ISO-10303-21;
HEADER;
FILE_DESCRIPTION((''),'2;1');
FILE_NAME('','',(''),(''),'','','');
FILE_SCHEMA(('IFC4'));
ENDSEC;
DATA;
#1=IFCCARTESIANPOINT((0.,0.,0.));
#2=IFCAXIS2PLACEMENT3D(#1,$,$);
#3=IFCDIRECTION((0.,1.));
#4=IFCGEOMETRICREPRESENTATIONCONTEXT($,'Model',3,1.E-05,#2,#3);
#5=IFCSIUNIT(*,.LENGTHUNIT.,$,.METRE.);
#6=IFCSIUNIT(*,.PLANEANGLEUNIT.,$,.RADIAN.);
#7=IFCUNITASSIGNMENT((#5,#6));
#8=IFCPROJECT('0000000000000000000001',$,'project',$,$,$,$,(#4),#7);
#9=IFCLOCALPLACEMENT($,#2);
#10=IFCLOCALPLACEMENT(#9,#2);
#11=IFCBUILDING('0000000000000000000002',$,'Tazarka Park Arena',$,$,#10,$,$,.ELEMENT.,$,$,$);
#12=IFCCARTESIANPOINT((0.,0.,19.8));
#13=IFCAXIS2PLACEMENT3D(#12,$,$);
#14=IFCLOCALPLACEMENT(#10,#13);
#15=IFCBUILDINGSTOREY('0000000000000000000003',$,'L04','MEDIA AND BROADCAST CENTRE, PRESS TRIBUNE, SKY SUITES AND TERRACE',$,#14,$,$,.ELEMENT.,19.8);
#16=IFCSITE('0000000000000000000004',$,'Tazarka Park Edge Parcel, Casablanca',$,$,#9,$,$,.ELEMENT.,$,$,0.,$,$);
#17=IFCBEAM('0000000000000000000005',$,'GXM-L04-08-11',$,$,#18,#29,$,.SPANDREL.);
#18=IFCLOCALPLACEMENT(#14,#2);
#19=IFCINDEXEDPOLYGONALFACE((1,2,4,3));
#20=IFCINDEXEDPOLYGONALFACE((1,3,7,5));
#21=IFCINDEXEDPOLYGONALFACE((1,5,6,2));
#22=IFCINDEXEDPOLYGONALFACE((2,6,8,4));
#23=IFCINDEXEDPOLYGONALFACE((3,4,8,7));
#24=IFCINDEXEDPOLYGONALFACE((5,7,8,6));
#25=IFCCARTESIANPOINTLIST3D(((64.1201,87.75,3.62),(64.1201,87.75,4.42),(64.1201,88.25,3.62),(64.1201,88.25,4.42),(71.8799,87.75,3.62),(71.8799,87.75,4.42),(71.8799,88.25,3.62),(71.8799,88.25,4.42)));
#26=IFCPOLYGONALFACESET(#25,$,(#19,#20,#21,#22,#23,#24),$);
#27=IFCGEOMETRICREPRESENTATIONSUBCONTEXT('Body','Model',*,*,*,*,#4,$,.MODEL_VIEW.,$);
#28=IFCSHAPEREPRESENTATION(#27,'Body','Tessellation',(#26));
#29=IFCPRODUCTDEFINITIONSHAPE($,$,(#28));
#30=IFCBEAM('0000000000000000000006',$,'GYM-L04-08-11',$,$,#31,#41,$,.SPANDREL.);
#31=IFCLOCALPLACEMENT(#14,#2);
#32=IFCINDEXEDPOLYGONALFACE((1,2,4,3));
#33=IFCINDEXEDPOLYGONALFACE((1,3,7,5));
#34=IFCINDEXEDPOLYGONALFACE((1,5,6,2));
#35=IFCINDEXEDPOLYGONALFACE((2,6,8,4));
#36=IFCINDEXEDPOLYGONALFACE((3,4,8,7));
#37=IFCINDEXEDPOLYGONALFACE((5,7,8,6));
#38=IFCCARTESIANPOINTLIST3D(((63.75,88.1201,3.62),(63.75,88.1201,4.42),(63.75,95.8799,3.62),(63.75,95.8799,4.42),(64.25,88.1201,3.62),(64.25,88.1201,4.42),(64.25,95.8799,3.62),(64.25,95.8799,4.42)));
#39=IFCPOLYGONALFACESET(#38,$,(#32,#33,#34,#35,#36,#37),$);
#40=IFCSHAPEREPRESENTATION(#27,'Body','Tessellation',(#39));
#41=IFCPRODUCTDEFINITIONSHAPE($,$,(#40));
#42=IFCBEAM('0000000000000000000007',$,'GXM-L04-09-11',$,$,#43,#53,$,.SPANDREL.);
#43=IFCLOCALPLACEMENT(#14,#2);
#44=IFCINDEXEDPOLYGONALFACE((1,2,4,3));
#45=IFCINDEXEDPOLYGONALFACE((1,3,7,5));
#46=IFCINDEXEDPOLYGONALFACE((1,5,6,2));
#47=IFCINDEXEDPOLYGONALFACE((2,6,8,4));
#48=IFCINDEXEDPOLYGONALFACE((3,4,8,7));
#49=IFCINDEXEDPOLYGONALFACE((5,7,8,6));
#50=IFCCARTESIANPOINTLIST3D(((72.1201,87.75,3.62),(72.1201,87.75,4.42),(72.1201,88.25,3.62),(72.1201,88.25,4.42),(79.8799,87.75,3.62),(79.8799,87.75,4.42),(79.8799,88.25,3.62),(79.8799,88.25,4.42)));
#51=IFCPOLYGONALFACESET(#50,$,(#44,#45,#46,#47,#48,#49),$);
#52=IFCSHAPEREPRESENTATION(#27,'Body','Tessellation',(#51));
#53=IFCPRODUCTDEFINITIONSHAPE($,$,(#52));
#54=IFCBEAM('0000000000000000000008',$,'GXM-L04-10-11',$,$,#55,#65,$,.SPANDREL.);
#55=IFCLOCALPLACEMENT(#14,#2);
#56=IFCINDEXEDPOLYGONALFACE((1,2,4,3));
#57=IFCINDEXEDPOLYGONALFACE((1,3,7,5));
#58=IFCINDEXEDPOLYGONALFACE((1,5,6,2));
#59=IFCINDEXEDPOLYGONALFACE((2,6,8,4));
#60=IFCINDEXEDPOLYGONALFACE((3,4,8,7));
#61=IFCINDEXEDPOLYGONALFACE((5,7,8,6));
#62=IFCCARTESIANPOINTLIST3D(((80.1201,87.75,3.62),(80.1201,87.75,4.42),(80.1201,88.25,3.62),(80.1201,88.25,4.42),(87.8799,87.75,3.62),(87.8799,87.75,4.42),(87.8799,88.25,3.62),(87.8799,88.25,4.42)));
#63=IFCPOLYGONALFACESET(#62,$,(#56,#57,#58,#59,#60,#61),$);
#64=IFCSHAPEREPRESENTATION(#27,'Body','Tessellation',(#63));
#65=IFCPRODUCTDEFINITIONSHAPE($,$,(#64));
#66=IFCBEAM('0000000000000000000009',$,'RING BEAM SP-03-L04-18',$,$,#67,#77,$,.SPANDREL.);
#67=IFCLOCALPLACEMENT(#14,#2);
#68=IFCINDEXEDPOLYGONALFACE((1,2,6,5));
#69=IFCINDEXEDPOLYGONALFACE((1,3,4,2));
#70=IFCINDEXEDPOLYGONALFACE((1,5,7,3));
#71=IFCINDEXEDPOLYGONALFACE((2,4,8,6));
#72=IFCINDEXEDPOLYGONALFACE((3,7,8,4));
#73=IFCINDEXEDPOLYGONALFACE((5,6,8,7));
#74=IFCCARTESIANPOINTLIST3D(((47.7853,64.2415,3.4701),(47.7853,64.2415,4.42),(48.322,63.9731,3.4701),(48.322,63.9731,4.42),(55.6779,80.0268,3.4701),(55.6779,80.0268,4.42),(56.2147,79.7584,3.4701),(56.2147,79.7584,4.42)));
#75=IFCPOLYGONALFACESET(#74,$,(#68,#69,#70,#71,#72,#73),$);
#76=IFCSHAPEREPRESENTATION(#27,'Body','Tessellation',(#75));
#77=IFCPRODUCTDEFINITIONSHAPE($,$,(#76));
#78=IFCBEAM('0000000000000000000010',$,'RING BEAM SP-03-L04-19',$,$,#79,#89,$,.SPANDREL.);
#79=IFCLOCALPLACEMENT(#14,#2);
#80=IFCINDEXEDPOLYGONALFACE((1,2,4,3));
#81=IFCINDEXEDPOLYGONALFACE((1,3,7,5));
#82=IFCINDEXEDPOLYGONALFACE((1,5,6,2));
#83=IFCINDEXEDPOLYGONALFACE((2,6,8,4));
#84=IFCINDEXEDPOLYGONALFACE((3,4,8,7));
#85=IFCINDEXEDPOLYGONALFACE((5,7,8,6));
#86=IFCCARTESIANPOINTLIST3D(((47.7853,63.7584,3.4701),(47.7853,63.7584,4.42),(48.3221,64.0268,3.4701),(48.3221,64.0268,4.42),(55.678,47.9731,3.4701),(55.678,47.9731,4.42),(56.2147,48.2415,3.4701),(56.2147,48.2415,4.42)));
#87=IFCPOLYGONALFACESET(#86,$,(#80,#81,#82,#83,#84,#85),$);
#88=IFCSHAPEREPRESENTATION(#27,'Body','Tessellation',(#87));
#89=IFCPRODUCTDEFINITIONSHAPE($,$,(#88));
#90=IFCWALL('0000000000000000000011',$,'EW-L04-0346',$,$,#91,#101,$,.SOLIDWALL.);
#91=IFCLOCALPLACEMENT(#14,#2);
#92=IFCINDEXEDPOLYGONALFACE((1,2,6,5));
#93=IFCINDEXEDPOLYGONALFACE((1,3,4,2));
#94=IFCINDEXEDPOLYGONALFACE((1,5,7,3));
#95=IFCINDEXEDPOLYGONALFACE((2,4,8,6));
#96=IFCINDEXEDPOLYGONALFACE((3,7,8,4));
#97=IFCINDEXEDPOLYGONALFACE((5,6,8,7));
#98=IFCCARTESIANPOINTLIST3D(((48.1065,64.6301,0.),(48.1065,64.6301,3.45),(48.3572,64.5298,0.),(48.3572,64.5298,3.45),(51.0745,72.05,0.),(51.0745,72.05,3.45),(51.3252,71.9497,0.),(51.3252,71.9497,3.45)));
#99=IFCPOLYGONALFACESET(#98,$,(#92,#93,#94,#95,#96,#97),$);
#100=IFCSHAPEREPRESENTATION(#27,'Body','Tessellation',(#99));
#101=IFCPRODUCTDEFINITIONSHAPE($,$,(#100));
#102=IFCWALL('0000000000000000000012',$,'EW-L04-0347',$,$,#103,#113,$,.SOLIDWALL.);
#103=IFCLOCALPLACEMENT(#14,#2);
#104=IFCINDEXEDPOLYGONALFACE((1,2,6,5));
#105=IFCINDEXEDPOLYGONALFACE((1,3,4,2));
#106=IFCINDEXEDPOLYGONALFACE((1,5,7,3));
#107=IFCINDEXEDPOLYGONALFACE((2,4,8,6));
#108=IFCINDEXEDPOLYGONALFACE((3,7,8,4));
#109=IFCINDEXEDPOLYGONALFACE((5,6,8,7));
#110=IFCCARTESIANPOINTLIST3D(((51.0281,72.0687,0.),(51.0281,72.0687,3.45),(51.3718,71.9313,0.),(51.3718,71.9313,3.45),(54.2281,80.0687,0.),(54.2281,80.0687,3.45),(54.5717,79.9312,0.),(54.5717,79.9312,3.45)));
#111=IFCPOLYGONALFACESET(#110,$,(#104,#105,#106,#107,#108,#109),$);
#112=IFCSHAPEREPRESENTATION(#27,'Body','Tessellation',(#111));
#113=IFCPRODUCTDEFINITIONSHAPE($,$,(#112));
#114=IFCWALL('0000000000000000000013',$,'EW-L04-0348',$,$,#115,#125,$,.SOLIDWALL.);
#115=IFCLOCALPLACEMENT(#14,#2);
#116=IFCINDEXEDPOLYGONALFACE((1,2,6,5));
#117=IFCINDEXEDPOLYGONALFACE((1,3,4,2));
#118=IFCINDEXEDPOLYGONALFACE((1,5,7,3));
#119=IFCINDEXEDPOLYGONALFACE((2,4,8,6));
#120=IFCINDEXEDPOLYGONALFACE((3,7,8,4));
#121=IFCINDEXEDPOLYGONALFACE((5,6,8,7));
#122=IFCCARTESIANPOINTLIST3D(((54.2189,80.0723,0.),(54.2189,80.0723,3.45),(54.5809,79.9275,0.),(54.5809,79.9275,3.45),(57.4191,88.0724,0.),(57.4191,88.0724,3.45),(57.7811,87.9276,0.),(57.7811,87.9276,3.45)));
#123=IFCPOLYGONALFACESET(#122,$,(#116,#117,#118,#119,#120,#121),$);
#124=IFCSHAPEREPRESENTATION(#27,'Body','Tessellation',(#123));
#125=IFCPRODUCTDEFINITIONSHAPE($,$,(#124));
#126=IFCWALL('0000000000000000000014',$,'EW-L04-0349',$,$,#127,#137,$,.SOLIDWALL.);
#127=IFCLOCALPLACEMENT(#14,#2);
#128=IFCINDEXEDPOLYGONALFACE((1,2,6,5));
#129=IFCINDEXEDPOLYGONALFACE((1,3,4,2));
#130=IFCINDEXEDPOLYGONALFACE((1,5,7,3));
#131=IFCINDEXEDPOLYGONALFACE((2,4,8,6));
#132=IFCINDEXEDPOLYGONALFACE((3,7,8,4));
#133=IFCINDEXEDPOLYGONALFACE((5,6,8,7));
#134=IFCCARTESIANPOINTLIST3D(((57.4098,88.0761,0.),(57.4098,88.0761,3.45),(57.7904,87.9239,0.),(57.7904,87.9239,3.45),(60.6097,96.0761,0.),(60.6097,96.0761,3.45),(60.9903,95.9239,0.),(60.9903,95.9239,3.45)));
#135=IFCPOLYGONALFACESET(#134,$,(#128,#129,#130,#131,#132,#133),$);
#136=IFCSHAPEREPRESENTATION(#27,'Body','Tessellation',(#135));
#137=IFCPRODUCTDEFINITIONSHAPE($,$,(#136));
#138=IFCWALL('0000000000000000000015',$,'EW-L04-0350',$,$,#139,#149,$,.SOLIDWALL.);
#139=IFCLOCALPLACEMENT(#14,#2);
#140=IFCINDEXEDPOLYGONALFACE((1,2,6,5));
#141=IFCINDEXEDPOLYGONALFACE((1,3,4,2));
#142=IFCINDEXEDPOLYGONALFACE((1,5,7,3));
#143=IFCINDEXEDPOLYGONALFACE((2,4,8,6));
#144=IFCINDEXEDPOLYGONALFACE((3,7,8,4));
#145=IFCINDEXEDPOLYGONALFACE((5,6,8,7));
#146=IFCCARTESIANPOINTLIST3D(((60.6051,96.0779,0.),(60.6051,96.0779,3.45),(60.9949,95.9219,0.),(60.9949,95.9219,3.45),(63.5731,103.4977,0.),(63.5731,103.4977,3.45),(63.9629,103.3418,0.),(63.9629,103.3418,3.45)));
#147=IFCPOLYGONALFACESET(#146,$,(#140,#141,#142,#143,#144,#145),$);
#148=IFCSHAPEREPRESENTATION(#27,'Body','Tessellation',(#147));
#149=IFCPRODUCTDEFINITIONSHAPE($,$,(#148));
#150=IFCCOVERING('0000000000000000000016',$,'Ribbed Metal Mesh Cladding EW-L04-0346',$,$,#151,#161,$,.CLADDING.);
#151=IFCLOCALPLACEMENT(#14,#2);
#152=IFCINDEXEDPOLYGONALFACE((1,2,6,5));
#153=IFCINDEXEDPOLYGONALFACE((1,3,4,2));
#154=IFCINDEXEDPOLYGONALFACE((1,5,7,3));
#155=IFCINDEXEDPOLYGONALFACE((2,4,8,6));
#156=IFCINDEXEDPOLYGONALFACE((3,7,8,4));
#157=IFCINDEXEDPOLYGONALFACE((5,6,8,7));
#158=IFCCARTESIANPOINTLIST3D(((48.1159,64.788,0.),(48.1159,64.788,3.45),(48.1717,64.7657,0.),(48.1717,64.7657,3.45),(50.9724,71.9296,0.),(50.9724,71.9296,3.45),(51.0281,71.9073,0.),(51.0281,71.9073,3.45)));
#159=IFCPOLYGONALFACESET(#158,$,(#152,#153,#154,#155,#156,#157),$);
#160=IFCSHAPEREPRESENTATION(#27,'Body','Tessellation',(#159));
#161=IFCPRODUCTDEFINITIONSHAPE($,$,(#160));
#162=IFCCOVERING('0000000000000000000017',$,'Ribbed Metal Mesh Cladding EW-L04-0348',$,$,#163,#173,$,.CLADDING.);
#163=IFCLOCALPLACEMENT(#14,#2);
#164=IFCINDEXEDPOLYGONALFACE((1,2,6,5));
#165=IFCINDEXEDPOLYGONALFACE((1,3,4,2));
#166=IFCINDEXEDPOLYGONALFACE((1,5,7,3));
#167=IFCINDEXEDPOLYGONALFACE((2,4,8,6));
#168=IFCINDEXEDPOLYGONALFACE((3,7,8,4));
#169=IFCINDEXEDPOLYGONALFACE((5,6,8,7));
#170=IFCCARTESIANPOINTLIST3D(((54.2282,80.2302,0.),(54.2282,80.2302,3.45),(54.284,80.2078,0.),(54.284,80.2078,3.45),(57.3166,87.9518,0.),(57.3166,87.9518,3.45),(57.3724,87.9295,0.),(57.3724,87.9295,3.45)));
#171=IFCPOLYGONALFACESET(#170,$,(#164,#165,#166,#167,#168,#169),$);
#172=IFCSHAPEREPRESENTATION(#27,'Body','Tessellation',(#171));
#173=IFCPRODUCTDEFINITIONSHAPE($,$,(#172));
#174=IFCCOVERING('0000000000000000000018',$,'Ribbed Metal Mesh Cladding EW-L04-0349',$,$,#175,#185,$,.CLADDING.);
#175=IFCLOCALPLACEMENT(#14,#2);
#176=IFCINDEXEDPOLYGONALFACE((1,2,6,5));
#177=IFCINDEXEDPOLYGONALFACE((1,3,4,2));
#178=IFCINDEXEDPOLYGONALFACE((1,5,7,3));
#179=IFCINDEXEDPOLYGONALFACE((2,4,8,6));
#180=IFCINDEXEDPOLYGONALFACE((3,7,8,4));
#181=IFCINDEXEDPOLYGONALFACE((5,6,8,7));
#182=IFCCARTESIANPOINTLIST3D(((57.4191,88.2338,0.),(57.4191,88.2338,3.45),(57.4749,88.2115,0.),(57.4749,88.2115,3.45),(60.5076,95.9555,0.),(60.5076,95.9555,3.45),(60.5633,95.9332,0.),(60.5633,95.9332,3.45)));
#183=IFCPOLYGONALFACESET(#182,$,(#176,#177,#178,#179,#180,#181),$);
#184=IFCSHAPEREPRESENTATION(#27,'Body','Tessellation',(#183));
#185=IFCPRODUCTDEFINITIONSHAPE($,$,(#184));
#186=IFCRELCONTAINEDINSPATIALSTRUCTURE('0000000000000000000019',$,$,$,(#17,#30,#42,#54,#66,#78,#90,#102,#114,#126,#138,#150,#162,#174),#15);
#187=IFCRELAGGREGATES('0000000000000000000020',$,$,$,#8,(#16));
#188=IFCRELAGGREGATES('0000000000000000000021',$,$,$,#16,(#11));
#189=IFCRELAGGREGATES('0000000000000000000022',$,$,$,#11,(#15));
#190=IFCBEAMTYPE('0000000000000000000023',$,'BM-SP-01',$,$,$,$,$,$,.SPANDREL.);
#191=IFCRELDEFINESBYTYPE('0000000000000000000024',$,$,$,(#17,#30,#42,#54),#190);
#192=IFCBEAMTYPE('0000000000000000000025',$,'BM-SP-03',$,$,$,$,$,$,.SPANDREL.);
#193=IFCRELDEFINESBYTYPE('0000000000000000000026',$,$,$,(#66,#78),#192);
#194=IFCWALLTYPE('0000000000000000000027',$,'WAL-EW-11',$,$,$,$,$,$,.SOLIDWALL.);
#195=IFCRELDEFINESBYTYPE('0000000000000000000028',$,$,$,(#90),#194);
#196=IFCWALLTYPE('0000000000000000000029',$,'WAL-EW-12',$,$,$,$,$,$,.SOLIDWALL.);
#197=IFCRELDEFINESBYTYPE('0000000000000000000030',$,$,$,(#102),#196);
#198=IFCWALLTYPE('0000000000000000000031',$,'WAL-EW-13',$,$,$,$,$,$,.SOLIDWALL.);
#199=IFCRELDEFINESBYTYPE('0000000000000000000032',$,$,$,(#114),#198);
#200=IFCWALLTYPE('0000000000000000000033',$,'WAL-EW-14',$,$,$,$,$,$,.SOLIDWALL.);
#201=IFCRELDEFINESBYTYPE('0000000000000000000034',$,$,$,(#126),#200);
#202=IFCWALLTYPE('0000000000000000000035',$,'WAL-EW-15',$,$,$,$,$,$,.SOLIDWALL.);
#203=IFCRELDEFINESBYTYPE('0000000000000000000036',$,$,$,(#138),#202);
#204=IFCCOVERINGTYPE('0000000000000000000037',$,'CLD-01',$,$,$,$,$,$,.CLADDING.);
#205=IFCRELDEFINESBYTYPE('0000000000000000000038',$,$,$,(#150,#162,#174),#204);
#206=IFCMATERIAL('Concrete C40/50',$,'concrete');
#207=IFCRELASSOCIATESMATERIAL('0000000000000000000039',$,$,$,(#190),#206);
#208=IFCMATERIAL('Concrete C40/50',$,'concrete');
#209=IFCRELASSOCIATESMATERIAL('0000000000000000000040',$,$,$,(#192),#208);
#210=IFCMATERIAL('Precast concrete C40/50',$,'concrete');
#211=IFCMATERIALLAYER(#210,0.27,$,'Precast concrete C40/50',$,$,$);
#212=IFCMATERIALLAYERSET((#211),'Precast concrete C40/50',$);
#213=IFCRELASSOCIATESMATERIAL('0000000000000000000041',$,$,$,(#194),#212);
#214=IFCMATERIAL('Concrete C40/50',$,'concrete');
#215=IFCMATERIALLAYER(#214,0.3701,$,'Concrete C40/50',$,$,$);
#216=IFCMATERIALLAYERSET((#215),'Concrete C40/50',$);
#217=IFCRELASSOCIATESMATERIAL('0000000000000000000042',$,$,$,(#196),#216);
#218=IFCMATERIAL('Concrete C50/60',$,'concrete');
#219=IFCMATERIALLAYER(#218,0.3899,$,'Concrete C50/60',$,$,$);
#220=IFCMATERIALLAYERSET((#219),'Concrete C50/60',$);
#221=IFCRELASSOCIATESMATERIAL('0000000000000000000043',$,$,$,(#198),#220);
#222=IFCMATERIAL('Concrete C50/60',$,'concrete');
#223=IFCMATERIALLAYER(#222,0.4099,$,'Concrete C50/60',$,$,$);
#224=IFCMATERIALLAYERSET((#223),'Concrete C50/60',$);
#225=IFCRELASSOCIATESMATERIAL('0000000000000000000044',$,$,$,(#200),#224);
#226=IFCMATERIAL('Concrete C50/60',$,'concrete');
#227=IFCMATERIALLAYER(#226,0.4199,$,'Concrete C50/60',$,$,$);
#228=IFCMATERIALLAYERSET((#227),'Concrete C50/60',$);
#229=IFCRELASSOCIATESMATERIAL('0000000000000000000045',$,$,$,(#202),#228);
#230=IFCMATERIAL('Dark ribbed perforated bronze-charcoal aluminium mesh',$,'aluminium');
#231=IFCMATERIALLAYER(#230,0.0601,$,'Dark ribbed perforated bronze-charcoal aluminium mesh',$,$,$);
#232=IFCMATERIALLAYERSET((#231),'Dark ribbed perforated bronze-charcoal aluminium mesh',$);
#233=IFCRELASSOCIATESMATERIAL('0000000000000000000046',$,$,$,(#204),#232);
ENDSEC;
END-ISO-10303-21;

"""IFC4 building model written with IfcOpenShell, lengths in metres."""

from ifc_helpers import new_model, si_unit, direction, frame, frame_2d, origin, origin_2d, place, context, subcontext, project, spatial, rectangle, extrude, material, layer, layer_set, material_profile, profile_set, type_object, element, save


model = new_model("IFC4")

# Units and contexts
model_context = context("Model", 3, precision=1e-05, world=origin(), true_north=direction((0.0, 1.0)))
body_context = subcontext(model_context, "Body", "Model", "MODEL_VIEW")
ifc_project = project(units=[si_unit("LENGTHUNIT", "METRE"), si_unit("PLANEANGLEUNIT", "RADIAN")], contexts=[model_context])

# Site, building, storey
site_placement = place(None, origin())
site = spatial("IfcSite", under=ifc_project, at=site_placement, Name="Tazarka Park Edge Parcel, Casablanca", CompositionType="ELEMENT", RefElevation=0.0)
building_placement = place(site_placement, origin())
building = spatial("IfcBuilding", under=site, at=building_placement, Name="Tazarka Park Arena", CompositionType="ELEMENT")
storey_placement = place(building_placement, frame((0.0, 0.0, 19.8)))
storey = spatial("IfcBuildingStorey", under=building, at=storey_placement, Name="L04", Description="MEDIA AND BROADCAST CENTRE, PRESS TRIBUNE, SKY SUITES AND TERRACE", CompositionType="ELEMENT", Elevation=19.8)

# Beams
ifc_material_1 = material(Name="Concrete C40/50", Category="concrete")
ifc_material_profile_1 = material_profile(ifc_material_1, rectangle(XDim=0.5, YDim=0.8, at=origin_2d()), Name="Concrete C40/50")
ifc_profile_set_1 = profile_set([ifc_material_profile_1], Name="Concrete C40/50")
beam_type_1 = type_object("IfcBeamType", Name="BM-SP-01", PredefinedType="SPANDREL", material=ifc_profile_set_1)
for number, where, z_axis, x_axis, name in (
    (1, (64.1201, 88.0, 4.02), (1.0, 0.0, 0.0), (0.0, 1.0, 0.0), "GXM-L04-08-11"),
    (2, (64.0, 88.1201, 4.02), (0.0, 1.0, 0.0), (-1.0, 0.0, 0.0), "GYM-L04-08-11"),
    (3, (72.1201, 88.0, 4.02), (1.0, 0.0, 0.0), (0.0, 1.0, 0.0), "GXM-L04-09-11"),
    (4, (80.1201, 88.0, 4.02), (1.0, 0.0, 0.0), (0.0, 1.0, 0.0), "GXM-L04-10-11"),
):
    element("IfcBeam", number, at=place(storey_placement, frame(where, z_axis=z_axis, x_axis=x_axis)), inside=storey, type_object=beam_type_1, Name=name, PredefinedType="SPANDREL", context=body_context, shape_type="SweptSolid", body=[
        extrude(rectangle(XDim=0.5, YDim=0.8, at=origin_2d()), origin(), (0.0, 0.0, 1.0), 7.7598),
    ])
ifc_material_2 = material(Name="Concrete C40/50", Category="concrete")
ifc_material_profile_2 = material_profile(ifc_material_2, rectangle(XDim=0.6001, YDim=0.95, at=origin_2d()), Name="Concrete C40/50")
ifc_profile_set_2 = profile_set([ifc_material_profile_2], Name="Concrete C40/50")
beam_type_2 = type_object("IfcBeamType", Name="BM-SP-03", PredefinedType="SPANDREL", material=ifc_profile_set_2)
for number, where, z_axis, x_axis, name in (
    (5, (55.9463, 79.8926, 3.9451), (-0.447214, -0.894427, 0.0), (0.894427, -0.447214, 0.0), "RING BEAM SP-03-L04-18"),
    (6, (48.0537, 63.8926, 3.9451), (0.447214, -0.894427, 0.0), (0.894427, 0.447214, 0.0), "RING BEAM SP-03-L04-19"),
):
    element("IfcBeam", number, at=place(storey_placement, frame(where, z_axis=z_axis, x_axis=x_axis)), inside=storey, type_object=beam_type_2, Name=name, PredefinedType="SPANDREL", context=body_context, shape_type="SweptSolid", body=[
        extrude(rectangle(XDim=0.6001, YDim=0.95, at=origin_2d()), origin(), (0.0, 0.0, 1.0), 17.6484),
    ])

# Walls
ifc_material_3 = material(Name="Precast concrete C40/50", Category="concrete")
ifc_layer_1 = layer(ifc_material_3, 0.27, Name="Precast concrete C40/50")
ifc_layer_set_1 = layer_set([ifc_layer_1], Name="Precast concrete C40/50")
wall_type_1 = type_object("IfcWallType", Name="WAL-EW-11", PredefinedType="SOLIDWALL", material=ifc_layer_set_1)
wall_1_placement = place(storey_placement, frame((48.2319, 64.5801, 0.0), z_axis=(0.0, 0.0, 1.0), x_axis=(0.371396, 0.928475, 0.0)))
element("IfcWall", 7, at=wall_1_placement, inside=storey, type_object=wall_type_1, Name="EW-L04-0346", PredefinedType="SOLIDWALL", context=body_context, shape_type="SweptSolid", body=[
    extrude(rectangle(XDim=7.9915, YDim=0.27, at=frame_2d((3.9956, 0.0))), origin(), (0.0, 0.0, 1.0), 3.45),
])
ifc_material_4 = material(Name="Concrete C40/50", Category="concrete")
ifc_layer_2 = layer(ifc_material_4, 0.3701, Name="Concrete C40/50")
ifc_layer_set_2 = layer_set([ifc_layer_2], Name="Concrete C40/50")
wall_type_2 = type_object("IfcWallType", Name="WAL-EW-12", PredefinedType="SOLIDWALL", material=ifc_layer_set_2)
wall_2_placement = place(storey_placement, frame((51.2, 72.0, 0.0), z_axis=(0.0, 0.0, 1.0), x_axis=(0.371386, 0.928479, 0.0)))
element("IfcWall", 8, at=wall_2_placement, inside=storey, type_object=wall_type_2, Name="EW-L04-0347", PredefinedType="SOLIDWALL", context=body_context, shape_type="SweptSolid", body=[
    extrude(rectangle(XDim=8.6162, YDim=0.3701, at=frame_2d((4.3081, 0.0))), origin(), (0.0, 0.0, 1.0), 3.45),
])
ifc_material_5 = material(Name="Concrete C50/60", Category="concrete")
ifc_layer_3 = layer(ifc_material_5, 0.3899, Name="Concrete C50/60")
ifc_layer_set_3 = layer_set([ifc_layer_3], Name="Concrete C50/60")
wall_type_3 = type_object("IfcWallType", Name="WAL-EW-13", PredefinedType="SOLIDWALL", material=ifc_layer_set_3)
wall_3_placement = place(storey_placement, frame((54.3999, 80.0, 0.0), z_axis=(0.0, 0.0, 1.0), x_axis=(0.37141, 0.928469, 0.0)))
element("IfcWall", 9, at=wall_3_placement, inside=storey, type_object=wall_type_3, Name="EW-L04-0348", PredefinedType="SOLIDWALL", context=body_context, shape_type="SweptSolid", body=[
    extrude(rectangle(XDim=8.6165, YDim=0.3899, at=frame_2d((4.3081, 0.0))), origin(), (0.0, 0.0, 1.0), 3.45),
])
ifc_material_6 = material(Name="Concrete C50/60", Category="concrete")
ifc_layer_4 = layer(ifc_material_6, 0.4099, Name="Concrete C50/60")
ifc_layer_set_4 = layer_set([ifc_layer_4], Name="Concrete C50/60")
wall_type_4 = type_object("IfcWallType", Name="WAL-EW-14", PredefinedType="SOLIDWALL", material=ifc_layer_set_4)
wall_4_placement = place(storey_placement, frame((57.6001, 88.0, 0.0), z_axis=(0.0, 0.0, 1.0), x_axis=(0.371386, 0.928479, 0.0)))
element("IfcWall", 10, at=wall_4_placement, inside=storey, type_object=wall_type_4, Name="EW-L04-0349", PredefinedType="SOLIDWALL", context=body_context, shape_type="SweptSolid", body=[
    extrude(rectangle(XDim=8.6162, YDim=0.4099, at=frame_2d((4.3081, 0.0))), origin(), (0.0, 0.0, 1.0), 3.45),
])
ifc_material_7 = material(Name="Concrete C50/60", Category="concrete")
ifc_layer_5 = layer(ifc_material_7, 0.4199, Name="Concrete C50/60")
ifc_layer_set_5 = layer_set([ifc_layer_5], Name="Concrete C50/60")
wall_type_5 = type_object("IfcWallType", Name="WAL-EW-15", PredefinedType="SOLIDWALL", material=ifc_layer_set_5)
wall_5_placement = place(storey_placement, frame((60.8, 96.0, 0.0), z_axis=(0.0, 0.0, 1.0), x_axis=(0.371396, 0.928475, 0.0)))
element("IfcWall", 11, at=wall_5_placement, inside=storey, type_object=wall_type_5, Name="EW-L04-0350", PredefinedType="SOLIDWALL", context=body_context, shape_type="SweptSolid", body=[
    extrude(rectangle(XDim=7.9915, YDim=0.4199, at=frame_2d((3.9956, 0.0))), origin(), (0.0, 0.0, 1.0), 3.45),
])

# Coverings
ifc_material_8 = material(Name="Dark ribbed perforated bronze-charcoal aluminium mesh", Category="aluminium")
ifc_layer_6 = layer(ifc_material_8, 0.0601, Name="Dark ribbed perforated bronze-charcoal aluminium mesh")
ifc_layer_set_6 = layer_set([ifc_layer_6], Name="Dark ribbed perforated bronze-charcoal aluminium mesh")
covering_type = type_object("IfcCoveringType", Name="CLD-01", PredefinedType="CLADDING", material=ifc_layer_set_6)
covering_placement = place(storey_placement, frame((49.572, 68.3477, 0.0), z_axis=(0.0, 0.0, 1.0), x_axis=(0.371368, 0.928486, 0.0)))
element("IfcCovering", 12, at=covering_placement, inside=storey, type_object=covering_type, Name="Ribbed Metal Mesh Cladding EW-L04-0346", PredefinedType="CLADDING", context=body_context, shape_type="SweptSolid", body=[
    extrude(rectangle(XDim=7.6917, YDim=0.0601, at=origin_2d()), origin(), (0.0, 0.0, 1.0), 3.45),
])
for number, where, z_axis, x_axis, name in (
    (13, (55.8003, 84.0798, 0.0), (0.0, 0.0, 1.0), (0.371368, 0.928486, 0.0), "Ribbed Metal Mesh Cladding EW-L04-0348"),
    (14, (58.9912, 92.0835, 0.0), (0.0, 0.0, 1.0), (0.371368, 0.928486, 0.0), "Ribbed Metal Mesh Cladding EW-L04-0349"),
):
    element("IfcCovering", number, at=place(storey_placement, frame(where, z_axis=z_axis, x_axis=x_axis)), inside=storey, type_object=covering_type, Name=name, PredefinedType="CLADDING", context=body_context, shape_type="SweptSolid", body=[
        extrude(rectangle(XDim=8.3164, YDim=0.0601, at=origin_2d()), origin(), (0.0, 0.0, 1.0), 3.45),
    ])

save(model, "model.ifc")
